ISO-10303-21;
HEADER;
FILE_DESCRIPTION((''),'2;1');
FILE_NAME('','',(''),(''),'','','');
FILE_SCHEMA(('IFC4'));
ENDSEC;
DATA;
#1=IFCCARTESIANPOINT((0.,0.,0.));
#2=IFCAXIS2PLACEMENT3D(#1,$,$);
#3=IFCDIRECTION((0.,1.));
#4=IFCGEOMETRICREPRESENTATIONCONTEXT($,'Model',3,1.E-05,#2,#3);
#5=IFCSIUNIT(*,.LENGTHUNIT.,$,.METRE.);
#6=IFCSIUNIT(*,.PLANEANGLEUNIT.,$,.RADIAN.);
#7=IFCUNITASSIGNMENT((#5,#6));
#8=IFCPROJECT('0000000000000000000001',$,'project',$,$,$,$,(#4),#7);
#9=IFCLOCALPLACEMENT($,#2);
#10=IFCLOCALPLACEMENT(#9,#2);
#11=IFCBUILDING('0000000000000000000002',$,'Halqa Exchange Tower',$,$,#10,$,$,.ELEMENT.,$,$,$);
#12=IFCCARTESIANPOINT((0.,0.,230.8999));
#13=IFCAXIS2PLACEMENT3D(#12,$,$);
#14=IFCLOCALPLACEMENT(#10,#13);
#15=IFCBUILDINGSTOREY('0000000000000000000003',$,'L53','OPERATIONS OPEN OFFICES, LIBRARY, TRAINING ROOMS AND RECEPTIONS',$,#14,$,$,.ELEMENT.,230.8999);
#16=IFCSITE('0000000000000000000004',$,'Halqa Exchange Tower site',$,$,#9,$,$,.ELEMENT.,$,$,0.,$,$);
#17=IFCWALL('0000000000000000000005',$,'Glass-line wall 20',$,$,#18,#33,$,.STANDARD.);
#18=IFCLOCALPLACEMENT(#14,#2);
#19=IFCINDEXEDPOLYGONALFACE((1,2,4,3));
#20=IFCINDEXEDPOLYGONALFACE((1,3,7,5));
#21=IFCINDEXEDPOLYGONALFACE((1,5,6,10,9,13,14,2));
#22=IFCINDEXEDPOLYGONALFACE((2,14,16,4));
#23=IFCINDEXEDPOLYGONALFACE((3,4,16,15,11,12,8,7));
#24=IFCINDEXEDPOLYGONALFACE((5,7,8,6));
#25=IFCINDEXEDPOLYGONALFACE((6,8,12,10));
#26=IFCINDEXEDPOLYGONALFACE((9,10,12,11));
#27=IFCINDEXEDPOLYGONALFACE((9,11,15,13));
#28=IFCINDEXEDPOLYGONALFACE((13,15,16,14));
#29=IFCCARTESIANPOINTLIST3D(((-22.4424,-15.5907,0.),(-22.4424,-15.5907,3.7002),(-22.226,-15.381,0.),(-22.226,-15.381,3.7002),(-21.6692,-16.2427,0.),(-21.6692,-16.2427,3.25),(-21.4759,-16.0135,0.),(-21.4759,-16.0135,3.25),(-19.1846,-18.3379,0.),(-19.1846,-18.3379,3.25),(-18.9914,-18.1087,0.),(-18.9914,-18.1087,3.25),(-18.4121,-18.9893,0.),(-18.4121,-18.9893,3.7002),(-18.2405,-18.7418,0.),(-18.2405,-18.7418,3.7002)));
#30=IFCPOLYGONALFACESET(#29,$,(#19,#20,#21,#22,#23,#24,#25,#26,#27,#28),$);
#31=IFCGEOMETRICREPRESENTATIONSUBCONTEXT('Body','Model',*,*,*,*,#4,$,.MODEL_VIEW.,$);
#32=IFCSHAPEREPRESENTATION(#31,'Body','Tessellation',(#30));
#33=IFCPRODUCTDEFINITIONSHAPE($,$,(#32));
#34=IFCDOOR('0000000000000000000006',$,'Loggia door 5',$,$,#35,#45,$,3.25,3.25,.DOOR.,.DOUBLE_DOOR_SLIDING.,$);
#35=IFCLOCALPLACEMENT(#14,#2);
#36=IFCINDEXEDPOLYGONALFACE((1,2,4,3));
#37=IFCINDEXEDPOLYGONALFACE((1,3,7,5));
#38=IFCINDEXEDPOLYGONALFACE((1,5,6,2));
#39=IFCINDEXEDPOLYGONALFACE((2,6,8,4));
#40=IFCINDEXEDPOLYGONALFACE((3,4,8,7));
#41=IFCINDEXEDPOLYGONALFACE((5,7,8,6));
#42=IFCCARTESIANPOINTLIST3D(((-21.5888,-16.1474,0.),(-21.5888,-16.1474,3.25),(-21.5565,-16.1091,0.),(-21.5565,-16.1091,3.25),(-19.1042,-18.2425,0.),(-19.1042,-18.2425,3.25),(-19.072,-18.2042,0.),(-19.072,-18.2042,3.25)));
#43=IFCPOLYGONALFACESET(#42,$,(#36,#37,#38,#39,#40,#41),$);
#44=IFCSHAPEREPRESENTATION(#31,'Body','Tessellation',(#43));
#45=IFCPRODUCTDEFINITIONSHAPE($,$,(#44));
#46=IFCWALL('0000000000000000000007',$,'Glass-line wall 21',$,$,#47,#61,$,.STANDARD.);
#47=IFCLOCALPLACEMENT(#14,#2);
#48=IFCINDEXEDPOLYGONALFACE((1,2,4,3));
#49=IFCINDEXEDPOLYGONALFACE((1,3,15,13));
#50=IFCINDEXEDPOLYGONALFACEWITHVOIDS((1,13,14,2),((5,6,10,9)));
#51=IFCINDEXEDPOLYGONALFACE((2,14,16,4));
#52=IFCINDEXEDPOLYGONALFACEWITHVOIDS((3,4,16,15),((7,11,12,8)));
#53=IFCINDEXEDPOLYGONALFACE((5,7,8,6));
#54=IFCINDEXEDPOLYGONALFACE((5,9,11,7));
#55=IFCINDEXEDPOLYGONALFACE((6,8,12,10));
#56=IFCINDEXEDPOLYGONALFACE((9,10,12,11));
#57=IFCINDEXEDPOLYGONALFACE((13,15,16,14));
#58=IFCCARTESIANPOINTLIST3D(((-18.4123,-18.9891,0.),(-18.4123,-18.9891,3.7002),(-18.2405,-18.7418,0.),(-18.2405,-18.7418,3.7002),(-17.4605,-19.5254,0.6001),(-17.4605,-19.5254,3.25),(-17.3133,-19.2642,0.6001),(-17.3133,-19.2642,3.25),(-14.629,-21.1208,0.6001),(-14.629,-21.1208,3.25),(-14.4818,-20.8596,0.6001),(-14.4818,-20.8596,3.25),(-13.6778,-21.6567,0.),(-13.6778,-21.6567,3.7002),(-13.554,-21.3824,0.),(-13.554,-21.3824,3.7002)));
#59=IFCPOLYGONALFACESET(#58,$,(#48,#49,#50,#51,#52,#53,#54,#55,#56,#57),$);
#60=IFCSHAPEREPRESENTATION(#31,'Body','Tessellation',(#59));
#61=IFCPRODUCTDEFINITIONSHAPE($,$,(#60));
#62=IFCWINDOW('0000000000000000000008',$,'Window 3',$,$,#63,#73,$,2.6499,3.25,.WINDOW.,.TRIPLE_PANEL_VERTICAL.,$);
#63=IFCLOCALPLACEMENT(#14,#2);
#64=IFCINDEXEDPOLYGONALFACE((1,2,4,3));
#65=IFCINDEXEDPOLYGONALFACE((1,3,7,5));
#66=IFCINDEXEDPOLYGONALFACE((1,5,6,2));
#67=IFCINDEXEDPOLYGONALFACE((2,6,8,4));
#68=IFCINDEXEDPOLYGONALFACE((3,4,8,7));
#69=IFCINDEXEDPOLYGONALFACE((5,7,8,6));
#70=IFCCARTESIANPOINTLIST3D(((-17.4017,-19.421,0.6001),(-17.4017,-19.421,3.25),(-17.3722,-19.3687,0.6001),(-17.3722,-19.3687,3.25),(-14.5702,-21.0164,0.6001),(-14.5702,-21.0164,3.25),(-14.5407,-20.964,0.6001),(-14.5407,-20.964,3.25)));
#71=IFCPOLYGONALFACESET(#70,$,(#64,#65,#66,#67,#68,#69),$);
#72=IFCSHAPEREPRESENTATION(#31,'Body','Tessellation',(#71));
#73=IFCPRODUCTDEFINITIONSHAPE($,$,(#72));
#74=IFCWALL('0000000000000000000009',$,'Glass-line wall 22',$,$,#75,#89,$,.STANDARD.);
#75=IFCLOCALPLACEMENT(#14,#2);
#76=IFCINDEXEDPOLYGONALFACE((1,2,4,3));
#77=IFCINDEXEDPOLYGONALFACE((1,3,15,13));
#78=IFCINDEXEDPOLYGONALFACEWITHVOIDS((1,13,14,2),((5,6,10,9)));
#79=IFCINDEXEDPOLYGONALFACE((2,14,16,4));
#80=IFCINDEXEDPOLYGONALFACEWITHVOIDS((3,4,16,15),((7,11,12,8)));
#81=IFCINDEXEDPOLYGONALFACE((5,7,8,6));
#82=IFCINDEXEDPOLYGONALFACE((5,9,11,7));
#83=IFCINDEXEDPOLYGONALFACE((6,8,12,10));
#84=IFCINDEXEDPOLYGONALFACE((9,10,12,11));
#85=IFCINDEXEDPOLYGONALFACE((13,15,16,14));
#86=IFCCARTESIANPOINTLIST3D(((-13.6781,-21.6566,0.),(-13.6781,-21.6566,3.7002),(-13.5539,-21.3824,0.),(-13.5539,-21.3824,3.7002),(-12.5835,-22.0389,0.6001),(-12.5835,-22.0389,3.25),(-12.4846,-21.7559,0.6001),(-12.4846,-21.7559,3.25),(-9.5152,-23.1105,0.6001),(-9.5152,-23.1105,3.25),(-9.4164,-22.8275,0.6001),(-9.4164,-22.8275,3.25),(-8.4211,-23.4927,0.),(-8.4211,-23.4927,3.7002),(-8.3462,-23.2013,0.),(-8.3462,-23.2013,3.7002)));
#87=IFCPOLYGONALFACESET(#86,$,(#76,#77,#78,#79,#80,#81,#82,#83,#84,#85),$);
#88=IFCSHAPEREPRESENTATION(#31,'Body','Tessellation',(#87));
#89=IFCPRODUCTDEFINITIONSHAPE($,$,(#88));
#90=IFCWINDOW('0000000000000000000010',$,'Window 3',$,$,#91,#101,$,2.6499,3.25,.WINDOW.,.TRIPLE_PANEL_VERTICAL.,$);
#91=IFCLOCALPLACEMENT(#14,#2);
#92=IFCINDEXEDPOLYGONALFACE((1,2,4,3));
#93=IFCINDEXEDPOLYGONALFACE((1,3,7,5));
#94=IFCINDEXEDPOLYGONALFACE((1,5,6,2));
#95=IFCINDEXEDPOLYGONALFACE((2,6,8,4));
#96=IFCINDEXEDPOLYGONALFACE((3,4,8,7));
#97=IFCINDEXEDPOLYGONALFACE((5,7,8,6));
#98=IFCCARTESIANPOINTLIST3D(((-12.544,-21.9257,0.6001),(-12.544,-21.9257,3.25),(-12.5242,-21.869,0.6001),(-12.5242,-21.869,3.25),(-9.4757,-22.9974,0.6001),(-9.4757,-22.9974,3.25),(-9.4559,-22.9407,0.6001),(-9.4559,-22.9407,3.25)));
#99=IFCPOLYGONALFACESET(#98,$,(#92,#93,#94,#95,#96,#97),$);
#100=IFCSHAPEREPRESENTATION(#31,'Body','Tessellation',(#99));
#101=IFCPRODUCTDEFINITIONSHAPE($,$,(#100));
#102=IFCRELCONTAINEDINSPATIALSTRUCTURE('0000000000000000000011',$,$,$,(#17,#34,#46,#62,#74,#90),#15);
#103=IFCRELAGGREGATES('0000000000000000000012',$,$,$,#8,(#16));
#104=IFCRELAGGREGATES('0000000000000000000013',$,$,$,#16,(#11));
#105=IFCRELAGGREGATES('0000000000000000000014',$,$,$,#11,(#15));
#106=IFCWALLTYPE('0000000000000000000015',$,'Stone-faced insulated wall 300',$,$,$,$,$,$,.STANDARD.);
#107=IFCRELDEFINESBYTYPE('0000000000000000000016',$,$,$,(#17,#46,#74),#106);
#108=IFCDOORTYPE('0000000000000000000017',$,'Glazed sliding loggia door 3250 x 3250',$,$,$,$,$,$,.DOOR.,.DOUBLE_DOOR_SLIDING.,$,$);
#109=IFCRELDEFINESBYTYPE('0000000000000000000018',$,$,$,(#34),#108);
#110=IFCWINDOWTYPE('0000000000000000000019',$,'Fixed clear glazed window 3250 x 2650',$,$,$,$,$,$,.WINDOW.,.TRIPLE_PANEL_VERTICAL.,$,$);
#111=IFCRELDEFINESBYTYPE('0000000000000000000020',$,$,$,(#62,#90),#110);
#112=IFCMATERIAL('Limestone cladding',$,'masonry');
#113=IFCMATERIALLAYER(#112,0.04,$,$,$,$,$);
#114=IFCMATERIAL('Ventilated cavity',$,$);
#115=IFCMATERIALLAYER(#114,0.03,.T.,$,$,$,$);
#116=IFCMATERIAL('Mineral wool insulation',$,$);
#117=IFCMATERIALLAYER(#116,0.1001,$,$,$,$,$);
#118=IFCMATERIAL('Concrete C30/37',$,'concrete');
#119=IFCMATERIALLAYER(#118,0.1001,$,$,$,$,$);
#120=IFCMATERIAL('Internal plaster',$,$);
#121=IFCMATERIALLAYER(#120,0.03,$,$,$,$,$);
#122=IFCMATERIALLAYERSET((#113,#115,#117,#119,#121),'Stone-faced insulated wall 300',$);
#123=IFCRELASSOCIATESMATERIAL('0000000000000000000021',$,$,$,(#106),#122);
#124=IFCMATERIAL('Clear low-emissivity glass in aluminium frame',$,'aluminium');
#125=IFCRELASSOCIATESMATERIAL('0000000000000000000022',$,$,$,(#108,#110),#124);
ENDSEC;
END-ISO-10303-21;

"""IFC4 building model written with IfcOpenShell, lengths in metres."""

from ifc_helpers import new_model, si_unit, direction, frame, frame_2d, origin, place, context, subcontext, project, spatial, polyline, rectangle, outline, extrude, material, layer, layer_set, type_object, element, fill, save


model = new_model("IFC4")

# Units and contexts
model_context = context("Model", 3, precision=1e-05, world=origin(), true_north=direction((0.0, 1.0)))
body_context = subcontext(model_context, "Body", "Model", "MODEL_VIEW")
ifc_project = project(units=[si_unit("LENGTHUNIT", "METRE"), si_unit("PLANEANGLEUNIT", "RADIAN")], contexts=[model_context])

# Site, building, storey
site_placement = place(None, origin())
site = spatial("IfcSite", under=ifc_project, at=site_placement, Name="Halqa Exchange Tower site", CompositionType="ELEMENT", RefElevation=0.0)
building_placement = place(site_placement, origin())
building = spatial("IfcBuilding", under=site, at=building_placement, Name="Halqa Exchange Tower", CompositionType="ELEMENT")
storey_placement = place(building_placement, frame((0.0, 0.0, 230.8999)))
storey = spatial("IfcBuildingStorey", under=building, at=storey_placement, Name="L53", Description="OPERATIONS OPEN OFFICES, LIBRARY, TRAINING ROOMS AND RECEPTIONS", CompositionType="ELEMENT", Elevation=230.8999)

# Wall, opening, door
ifc_material_1 = material(Name="Limestone cladding", Category="masonry")
ifc_layer_1 = layer(ifc_material_1, 0.04)
ifc_material_2 = material(Name="Ventilated cavity")
ifc_layer_2 = layer(ifc_material_2, 0.03, ventilated=True)
ifc_material_3 = material(Name="Mineral wool insulation")
ifc_layer_3 = layer(ifc_material_3, 0.1001)
ifc_material_4 = material(Name="Concrete C30/37", Category="concrete")
ifc_layer_4 = layer(ifc_material_4, 0.1001)
ifc_material_5 = material(Name="Internal plaster")
ifc_layer_5 = layer(ifc_material_5, 0.03)
ifc_layer_set_1 = layer_set([ifc_layer_1, ifc_layer_2, ifc_layer_3, ifc_layer_4, ifc_layer_5], Name="Stone-faced insulated wall 300")
wall_type_1 = type_object("IfcWallType", Name="Stone-faced insulated wall 300", PredefinedType="STANDARD", material=ifc_layer_set_1)
wall_1_placement = place(storey_placement, frame((-22.3342, -15.4858, 0.0), z_axis=(0.0, 0.0, 1.0), x_axis=(0.764475, -0.644653, 0.0)))
wall_1 = element("IfcWall", 1, at=wall_1_placement, inside=storey, type_object=wall_type_1, Name="Glass-line wall 20", PredefinedType="STANDARD", context=body_context, shape_type="SweptSolid", body=[
    extrude(outline(polyline([(-0.0151, -0.1499), (5.2568, -0.1499), (5.2285, 0.1499), (0.0151, 0.1499), (-0.0151, -0.1499)])), origin(), (0.0, 0.0, 1.0), 3.7002),
])
opening_1_placement = place(wall_1_placement, frame((0.9963, 0.0, 0.0)))
opening_1 = element("IfcOpeningElement", 2, at=opening_1_placement, cuts=wall_1, PredefinedType="OPENING", context=body_context, shape_type="SweptSolid", body=[
    extrude(rectangle(XDim=3.25, YDim=3.25, at=frame_2d((1.625, 1.625))), frame((0.0, 0.1621, 0.0), z_axis=(0.0, -1.0, 0.0), x_axis=(1.0, 0.0, 0.0)), (0.0, 0.0, 1.0), 0.324),
])
ifc_material_6 = material(Name="Clear low-emissivity glass in aluminium frame", Category="aluminium")
door_type_1 = type_object("IfcDoorType", Name="Glazed sliding loggia door 3250 x 3250", OperationType="DOUBLE_DOOR_SLIDING", PredefinedType="DOOR", material=ifc_material_6)
door_1_placement = place(opening_1_placement, origin())
door_1 = element("IfcDoor", 3, at=door_1_placement, inside=storey, type_object=door_type_1, Name="Loggia door 5", OperationType="DOUBLE_DOOR_SLIDING", OverallHeight=3.25, OverallWidth=3.25, PredefinedType="DOOR", context=body_context, shape_type="SweptSolid", body=[
    extrude(rectangle(XDim=3.25, YDim=3.25, at=frame_2d((1.625, 1.625))), frame((0.0, 0.0249, 0.0), z_axis=(0.0, -1.0, 0.0), x_axis=(1.0, 0.0, 0.0)), (0.0, 0.0, 1.0), 0.05),
])
fill(opening_1, door_1)

# Walls, openings, windows
wall_2_placement = place(storey_placement, frame((-18.3264, -18.8655, 0.0), z_axis=(0.0, 0.0, 1.0), x_axis=(0.871226, -0.490883, 0.0)))
wall_2 = element("IfcWall", 4, at=wall_2_placement, inside=storey, type_object=wall_type_1, Name="Glass-line wall 21", PredefinedType="STANDARD", context=body_context, shape_type="SweptSolid", body=[
    extrude(outline(polyline([(-0.0142, -0.1499), (5.4202, -0.1499), (5.3933, 0.1499), (0.0142, 0.1499), (-0.0142, -0.1499)])), origin(), (0.0, 0.0, 1.0), 3.7002),
])
opening_2_placement = place(wall_2_placement, frame((1.0784, 0.0, 0.6001)))
opening_2 = element("IfcOpeningElement", 5, at=opening_2_placement, cuts=wall_2, PredefinedType="OPENING", context=body_context, shape_type="SweptSolid", body=[
    extrude(rectangle(XDim=3.25, YDim=2.6499, at=frame_2d((1.625, 1.325))), frame((0.0, 0.1621, 0.0), z_axis=(0.0, -1.0, 0.0), x_axis=(1.0, 0.0, 0.0)), (0.0, 0.0, 1.0), 0.324),
])
window_type = type_object("IfcWindowType", Name="Fixed clear glazed window 3250 x 2650", PartitioningType="TRIPLE_PANEL_VERTICAL", PredefinedType="WINDOW", material=ifc_material_6)
window_1_placement = place(opening_2_placement, origin())
window_1 = element("IfcWindow", 6, at=window_1_placement, inside=storey, type_object=window_type, Name="Window 3", OverallHeight=2.6499, OverallWidth=3.25, PartitioningType="TRIPLE_PANEL_VERTICAL", PredefinedType="WINDOW", context=body_context, shape_type="SweptSolid", body=[
    extrude(rectangle(XDim=3.25, YDim=2.6499, at=frame_2d((1.625, 1.325))), frame((0.0, 0.03, 0.0), z_axis=(0.0, -1.0, 0.0), x_axis=(1.0, 0.0, 0.0)), (0.0, 0.0, 1.0), 0.0601),
])
fill(opening_2, window_1)
wall_3_placement = place(storey_placement, frame((-13.616, -21.5195, 0.0), z_axis=(0.0, 0.0, 1.0), x_axis=(0.944076, -0.329728, 0.0)))
wall_3 = element("IfcWall", 7, at=wall_3_placement, inside=storey, type_object=wall_type_1, Name="Glass-line wall 22", PredefinedType="STANDARD", context=body_context, shape_type="SweptSolid", body=[
    extrude(outline(polyline([(-0.0134, -0.1499), (5.5549, -0.1499), (5.5295, 0.1499), (0.0134, 0.1499), (-0.0134, -0.1499)])), origin(), (0.0, 0.0, 1.0), 3.7002),
])
opening_3_placement = place(wall_3_placement, frame((1.146, 0.0, 0.6001)))
opening_3 = element("IfcOpeningElement", 8, at=opening_3_placement, cuts=wall_3, PredefinedType="OPENING", context=body_context, shape_type="SweptSolid", body=[
    extrude(rectangle(XDim=3.25, YDim=2.6499, at=frame_2d((1.625, 1.325))), frame((0.0, 0.1621, 0.0), z_axis=(0.0, -1.0, 0.0), x_axis=(1.0, 0.0, 0.0)), (0.0, 0.0, 1.0), 0.324),
])
window_2_placement = place(opening_3_placement, origin())
window_2 = element("IfcWindow", 9, at=window_2_placement, inside=storey, type_object=window_type, Name="Window 3", OverallHeight=2.6499, OverallWidth=3.25, PartitioningType="TRIPLE_PANEL_VERTICAL", PredefinedType="WINDOW", context=body_context, shape_type="SweptSolid", body=[
    extrude(rectangle(XDim=3.25, YDim=2.6499, at=frame_2d((1.625, 1.325))), frame((0.0, 0.03, 0.0), z_axis=(0.0, -1.0, 0.0), x_axis=(1.0, 0.0, 0.0)), (0.0, 0.0, 1.0), 0.0601),
])
fill(opening_3, window_2)

save(model, "model.ifc")
